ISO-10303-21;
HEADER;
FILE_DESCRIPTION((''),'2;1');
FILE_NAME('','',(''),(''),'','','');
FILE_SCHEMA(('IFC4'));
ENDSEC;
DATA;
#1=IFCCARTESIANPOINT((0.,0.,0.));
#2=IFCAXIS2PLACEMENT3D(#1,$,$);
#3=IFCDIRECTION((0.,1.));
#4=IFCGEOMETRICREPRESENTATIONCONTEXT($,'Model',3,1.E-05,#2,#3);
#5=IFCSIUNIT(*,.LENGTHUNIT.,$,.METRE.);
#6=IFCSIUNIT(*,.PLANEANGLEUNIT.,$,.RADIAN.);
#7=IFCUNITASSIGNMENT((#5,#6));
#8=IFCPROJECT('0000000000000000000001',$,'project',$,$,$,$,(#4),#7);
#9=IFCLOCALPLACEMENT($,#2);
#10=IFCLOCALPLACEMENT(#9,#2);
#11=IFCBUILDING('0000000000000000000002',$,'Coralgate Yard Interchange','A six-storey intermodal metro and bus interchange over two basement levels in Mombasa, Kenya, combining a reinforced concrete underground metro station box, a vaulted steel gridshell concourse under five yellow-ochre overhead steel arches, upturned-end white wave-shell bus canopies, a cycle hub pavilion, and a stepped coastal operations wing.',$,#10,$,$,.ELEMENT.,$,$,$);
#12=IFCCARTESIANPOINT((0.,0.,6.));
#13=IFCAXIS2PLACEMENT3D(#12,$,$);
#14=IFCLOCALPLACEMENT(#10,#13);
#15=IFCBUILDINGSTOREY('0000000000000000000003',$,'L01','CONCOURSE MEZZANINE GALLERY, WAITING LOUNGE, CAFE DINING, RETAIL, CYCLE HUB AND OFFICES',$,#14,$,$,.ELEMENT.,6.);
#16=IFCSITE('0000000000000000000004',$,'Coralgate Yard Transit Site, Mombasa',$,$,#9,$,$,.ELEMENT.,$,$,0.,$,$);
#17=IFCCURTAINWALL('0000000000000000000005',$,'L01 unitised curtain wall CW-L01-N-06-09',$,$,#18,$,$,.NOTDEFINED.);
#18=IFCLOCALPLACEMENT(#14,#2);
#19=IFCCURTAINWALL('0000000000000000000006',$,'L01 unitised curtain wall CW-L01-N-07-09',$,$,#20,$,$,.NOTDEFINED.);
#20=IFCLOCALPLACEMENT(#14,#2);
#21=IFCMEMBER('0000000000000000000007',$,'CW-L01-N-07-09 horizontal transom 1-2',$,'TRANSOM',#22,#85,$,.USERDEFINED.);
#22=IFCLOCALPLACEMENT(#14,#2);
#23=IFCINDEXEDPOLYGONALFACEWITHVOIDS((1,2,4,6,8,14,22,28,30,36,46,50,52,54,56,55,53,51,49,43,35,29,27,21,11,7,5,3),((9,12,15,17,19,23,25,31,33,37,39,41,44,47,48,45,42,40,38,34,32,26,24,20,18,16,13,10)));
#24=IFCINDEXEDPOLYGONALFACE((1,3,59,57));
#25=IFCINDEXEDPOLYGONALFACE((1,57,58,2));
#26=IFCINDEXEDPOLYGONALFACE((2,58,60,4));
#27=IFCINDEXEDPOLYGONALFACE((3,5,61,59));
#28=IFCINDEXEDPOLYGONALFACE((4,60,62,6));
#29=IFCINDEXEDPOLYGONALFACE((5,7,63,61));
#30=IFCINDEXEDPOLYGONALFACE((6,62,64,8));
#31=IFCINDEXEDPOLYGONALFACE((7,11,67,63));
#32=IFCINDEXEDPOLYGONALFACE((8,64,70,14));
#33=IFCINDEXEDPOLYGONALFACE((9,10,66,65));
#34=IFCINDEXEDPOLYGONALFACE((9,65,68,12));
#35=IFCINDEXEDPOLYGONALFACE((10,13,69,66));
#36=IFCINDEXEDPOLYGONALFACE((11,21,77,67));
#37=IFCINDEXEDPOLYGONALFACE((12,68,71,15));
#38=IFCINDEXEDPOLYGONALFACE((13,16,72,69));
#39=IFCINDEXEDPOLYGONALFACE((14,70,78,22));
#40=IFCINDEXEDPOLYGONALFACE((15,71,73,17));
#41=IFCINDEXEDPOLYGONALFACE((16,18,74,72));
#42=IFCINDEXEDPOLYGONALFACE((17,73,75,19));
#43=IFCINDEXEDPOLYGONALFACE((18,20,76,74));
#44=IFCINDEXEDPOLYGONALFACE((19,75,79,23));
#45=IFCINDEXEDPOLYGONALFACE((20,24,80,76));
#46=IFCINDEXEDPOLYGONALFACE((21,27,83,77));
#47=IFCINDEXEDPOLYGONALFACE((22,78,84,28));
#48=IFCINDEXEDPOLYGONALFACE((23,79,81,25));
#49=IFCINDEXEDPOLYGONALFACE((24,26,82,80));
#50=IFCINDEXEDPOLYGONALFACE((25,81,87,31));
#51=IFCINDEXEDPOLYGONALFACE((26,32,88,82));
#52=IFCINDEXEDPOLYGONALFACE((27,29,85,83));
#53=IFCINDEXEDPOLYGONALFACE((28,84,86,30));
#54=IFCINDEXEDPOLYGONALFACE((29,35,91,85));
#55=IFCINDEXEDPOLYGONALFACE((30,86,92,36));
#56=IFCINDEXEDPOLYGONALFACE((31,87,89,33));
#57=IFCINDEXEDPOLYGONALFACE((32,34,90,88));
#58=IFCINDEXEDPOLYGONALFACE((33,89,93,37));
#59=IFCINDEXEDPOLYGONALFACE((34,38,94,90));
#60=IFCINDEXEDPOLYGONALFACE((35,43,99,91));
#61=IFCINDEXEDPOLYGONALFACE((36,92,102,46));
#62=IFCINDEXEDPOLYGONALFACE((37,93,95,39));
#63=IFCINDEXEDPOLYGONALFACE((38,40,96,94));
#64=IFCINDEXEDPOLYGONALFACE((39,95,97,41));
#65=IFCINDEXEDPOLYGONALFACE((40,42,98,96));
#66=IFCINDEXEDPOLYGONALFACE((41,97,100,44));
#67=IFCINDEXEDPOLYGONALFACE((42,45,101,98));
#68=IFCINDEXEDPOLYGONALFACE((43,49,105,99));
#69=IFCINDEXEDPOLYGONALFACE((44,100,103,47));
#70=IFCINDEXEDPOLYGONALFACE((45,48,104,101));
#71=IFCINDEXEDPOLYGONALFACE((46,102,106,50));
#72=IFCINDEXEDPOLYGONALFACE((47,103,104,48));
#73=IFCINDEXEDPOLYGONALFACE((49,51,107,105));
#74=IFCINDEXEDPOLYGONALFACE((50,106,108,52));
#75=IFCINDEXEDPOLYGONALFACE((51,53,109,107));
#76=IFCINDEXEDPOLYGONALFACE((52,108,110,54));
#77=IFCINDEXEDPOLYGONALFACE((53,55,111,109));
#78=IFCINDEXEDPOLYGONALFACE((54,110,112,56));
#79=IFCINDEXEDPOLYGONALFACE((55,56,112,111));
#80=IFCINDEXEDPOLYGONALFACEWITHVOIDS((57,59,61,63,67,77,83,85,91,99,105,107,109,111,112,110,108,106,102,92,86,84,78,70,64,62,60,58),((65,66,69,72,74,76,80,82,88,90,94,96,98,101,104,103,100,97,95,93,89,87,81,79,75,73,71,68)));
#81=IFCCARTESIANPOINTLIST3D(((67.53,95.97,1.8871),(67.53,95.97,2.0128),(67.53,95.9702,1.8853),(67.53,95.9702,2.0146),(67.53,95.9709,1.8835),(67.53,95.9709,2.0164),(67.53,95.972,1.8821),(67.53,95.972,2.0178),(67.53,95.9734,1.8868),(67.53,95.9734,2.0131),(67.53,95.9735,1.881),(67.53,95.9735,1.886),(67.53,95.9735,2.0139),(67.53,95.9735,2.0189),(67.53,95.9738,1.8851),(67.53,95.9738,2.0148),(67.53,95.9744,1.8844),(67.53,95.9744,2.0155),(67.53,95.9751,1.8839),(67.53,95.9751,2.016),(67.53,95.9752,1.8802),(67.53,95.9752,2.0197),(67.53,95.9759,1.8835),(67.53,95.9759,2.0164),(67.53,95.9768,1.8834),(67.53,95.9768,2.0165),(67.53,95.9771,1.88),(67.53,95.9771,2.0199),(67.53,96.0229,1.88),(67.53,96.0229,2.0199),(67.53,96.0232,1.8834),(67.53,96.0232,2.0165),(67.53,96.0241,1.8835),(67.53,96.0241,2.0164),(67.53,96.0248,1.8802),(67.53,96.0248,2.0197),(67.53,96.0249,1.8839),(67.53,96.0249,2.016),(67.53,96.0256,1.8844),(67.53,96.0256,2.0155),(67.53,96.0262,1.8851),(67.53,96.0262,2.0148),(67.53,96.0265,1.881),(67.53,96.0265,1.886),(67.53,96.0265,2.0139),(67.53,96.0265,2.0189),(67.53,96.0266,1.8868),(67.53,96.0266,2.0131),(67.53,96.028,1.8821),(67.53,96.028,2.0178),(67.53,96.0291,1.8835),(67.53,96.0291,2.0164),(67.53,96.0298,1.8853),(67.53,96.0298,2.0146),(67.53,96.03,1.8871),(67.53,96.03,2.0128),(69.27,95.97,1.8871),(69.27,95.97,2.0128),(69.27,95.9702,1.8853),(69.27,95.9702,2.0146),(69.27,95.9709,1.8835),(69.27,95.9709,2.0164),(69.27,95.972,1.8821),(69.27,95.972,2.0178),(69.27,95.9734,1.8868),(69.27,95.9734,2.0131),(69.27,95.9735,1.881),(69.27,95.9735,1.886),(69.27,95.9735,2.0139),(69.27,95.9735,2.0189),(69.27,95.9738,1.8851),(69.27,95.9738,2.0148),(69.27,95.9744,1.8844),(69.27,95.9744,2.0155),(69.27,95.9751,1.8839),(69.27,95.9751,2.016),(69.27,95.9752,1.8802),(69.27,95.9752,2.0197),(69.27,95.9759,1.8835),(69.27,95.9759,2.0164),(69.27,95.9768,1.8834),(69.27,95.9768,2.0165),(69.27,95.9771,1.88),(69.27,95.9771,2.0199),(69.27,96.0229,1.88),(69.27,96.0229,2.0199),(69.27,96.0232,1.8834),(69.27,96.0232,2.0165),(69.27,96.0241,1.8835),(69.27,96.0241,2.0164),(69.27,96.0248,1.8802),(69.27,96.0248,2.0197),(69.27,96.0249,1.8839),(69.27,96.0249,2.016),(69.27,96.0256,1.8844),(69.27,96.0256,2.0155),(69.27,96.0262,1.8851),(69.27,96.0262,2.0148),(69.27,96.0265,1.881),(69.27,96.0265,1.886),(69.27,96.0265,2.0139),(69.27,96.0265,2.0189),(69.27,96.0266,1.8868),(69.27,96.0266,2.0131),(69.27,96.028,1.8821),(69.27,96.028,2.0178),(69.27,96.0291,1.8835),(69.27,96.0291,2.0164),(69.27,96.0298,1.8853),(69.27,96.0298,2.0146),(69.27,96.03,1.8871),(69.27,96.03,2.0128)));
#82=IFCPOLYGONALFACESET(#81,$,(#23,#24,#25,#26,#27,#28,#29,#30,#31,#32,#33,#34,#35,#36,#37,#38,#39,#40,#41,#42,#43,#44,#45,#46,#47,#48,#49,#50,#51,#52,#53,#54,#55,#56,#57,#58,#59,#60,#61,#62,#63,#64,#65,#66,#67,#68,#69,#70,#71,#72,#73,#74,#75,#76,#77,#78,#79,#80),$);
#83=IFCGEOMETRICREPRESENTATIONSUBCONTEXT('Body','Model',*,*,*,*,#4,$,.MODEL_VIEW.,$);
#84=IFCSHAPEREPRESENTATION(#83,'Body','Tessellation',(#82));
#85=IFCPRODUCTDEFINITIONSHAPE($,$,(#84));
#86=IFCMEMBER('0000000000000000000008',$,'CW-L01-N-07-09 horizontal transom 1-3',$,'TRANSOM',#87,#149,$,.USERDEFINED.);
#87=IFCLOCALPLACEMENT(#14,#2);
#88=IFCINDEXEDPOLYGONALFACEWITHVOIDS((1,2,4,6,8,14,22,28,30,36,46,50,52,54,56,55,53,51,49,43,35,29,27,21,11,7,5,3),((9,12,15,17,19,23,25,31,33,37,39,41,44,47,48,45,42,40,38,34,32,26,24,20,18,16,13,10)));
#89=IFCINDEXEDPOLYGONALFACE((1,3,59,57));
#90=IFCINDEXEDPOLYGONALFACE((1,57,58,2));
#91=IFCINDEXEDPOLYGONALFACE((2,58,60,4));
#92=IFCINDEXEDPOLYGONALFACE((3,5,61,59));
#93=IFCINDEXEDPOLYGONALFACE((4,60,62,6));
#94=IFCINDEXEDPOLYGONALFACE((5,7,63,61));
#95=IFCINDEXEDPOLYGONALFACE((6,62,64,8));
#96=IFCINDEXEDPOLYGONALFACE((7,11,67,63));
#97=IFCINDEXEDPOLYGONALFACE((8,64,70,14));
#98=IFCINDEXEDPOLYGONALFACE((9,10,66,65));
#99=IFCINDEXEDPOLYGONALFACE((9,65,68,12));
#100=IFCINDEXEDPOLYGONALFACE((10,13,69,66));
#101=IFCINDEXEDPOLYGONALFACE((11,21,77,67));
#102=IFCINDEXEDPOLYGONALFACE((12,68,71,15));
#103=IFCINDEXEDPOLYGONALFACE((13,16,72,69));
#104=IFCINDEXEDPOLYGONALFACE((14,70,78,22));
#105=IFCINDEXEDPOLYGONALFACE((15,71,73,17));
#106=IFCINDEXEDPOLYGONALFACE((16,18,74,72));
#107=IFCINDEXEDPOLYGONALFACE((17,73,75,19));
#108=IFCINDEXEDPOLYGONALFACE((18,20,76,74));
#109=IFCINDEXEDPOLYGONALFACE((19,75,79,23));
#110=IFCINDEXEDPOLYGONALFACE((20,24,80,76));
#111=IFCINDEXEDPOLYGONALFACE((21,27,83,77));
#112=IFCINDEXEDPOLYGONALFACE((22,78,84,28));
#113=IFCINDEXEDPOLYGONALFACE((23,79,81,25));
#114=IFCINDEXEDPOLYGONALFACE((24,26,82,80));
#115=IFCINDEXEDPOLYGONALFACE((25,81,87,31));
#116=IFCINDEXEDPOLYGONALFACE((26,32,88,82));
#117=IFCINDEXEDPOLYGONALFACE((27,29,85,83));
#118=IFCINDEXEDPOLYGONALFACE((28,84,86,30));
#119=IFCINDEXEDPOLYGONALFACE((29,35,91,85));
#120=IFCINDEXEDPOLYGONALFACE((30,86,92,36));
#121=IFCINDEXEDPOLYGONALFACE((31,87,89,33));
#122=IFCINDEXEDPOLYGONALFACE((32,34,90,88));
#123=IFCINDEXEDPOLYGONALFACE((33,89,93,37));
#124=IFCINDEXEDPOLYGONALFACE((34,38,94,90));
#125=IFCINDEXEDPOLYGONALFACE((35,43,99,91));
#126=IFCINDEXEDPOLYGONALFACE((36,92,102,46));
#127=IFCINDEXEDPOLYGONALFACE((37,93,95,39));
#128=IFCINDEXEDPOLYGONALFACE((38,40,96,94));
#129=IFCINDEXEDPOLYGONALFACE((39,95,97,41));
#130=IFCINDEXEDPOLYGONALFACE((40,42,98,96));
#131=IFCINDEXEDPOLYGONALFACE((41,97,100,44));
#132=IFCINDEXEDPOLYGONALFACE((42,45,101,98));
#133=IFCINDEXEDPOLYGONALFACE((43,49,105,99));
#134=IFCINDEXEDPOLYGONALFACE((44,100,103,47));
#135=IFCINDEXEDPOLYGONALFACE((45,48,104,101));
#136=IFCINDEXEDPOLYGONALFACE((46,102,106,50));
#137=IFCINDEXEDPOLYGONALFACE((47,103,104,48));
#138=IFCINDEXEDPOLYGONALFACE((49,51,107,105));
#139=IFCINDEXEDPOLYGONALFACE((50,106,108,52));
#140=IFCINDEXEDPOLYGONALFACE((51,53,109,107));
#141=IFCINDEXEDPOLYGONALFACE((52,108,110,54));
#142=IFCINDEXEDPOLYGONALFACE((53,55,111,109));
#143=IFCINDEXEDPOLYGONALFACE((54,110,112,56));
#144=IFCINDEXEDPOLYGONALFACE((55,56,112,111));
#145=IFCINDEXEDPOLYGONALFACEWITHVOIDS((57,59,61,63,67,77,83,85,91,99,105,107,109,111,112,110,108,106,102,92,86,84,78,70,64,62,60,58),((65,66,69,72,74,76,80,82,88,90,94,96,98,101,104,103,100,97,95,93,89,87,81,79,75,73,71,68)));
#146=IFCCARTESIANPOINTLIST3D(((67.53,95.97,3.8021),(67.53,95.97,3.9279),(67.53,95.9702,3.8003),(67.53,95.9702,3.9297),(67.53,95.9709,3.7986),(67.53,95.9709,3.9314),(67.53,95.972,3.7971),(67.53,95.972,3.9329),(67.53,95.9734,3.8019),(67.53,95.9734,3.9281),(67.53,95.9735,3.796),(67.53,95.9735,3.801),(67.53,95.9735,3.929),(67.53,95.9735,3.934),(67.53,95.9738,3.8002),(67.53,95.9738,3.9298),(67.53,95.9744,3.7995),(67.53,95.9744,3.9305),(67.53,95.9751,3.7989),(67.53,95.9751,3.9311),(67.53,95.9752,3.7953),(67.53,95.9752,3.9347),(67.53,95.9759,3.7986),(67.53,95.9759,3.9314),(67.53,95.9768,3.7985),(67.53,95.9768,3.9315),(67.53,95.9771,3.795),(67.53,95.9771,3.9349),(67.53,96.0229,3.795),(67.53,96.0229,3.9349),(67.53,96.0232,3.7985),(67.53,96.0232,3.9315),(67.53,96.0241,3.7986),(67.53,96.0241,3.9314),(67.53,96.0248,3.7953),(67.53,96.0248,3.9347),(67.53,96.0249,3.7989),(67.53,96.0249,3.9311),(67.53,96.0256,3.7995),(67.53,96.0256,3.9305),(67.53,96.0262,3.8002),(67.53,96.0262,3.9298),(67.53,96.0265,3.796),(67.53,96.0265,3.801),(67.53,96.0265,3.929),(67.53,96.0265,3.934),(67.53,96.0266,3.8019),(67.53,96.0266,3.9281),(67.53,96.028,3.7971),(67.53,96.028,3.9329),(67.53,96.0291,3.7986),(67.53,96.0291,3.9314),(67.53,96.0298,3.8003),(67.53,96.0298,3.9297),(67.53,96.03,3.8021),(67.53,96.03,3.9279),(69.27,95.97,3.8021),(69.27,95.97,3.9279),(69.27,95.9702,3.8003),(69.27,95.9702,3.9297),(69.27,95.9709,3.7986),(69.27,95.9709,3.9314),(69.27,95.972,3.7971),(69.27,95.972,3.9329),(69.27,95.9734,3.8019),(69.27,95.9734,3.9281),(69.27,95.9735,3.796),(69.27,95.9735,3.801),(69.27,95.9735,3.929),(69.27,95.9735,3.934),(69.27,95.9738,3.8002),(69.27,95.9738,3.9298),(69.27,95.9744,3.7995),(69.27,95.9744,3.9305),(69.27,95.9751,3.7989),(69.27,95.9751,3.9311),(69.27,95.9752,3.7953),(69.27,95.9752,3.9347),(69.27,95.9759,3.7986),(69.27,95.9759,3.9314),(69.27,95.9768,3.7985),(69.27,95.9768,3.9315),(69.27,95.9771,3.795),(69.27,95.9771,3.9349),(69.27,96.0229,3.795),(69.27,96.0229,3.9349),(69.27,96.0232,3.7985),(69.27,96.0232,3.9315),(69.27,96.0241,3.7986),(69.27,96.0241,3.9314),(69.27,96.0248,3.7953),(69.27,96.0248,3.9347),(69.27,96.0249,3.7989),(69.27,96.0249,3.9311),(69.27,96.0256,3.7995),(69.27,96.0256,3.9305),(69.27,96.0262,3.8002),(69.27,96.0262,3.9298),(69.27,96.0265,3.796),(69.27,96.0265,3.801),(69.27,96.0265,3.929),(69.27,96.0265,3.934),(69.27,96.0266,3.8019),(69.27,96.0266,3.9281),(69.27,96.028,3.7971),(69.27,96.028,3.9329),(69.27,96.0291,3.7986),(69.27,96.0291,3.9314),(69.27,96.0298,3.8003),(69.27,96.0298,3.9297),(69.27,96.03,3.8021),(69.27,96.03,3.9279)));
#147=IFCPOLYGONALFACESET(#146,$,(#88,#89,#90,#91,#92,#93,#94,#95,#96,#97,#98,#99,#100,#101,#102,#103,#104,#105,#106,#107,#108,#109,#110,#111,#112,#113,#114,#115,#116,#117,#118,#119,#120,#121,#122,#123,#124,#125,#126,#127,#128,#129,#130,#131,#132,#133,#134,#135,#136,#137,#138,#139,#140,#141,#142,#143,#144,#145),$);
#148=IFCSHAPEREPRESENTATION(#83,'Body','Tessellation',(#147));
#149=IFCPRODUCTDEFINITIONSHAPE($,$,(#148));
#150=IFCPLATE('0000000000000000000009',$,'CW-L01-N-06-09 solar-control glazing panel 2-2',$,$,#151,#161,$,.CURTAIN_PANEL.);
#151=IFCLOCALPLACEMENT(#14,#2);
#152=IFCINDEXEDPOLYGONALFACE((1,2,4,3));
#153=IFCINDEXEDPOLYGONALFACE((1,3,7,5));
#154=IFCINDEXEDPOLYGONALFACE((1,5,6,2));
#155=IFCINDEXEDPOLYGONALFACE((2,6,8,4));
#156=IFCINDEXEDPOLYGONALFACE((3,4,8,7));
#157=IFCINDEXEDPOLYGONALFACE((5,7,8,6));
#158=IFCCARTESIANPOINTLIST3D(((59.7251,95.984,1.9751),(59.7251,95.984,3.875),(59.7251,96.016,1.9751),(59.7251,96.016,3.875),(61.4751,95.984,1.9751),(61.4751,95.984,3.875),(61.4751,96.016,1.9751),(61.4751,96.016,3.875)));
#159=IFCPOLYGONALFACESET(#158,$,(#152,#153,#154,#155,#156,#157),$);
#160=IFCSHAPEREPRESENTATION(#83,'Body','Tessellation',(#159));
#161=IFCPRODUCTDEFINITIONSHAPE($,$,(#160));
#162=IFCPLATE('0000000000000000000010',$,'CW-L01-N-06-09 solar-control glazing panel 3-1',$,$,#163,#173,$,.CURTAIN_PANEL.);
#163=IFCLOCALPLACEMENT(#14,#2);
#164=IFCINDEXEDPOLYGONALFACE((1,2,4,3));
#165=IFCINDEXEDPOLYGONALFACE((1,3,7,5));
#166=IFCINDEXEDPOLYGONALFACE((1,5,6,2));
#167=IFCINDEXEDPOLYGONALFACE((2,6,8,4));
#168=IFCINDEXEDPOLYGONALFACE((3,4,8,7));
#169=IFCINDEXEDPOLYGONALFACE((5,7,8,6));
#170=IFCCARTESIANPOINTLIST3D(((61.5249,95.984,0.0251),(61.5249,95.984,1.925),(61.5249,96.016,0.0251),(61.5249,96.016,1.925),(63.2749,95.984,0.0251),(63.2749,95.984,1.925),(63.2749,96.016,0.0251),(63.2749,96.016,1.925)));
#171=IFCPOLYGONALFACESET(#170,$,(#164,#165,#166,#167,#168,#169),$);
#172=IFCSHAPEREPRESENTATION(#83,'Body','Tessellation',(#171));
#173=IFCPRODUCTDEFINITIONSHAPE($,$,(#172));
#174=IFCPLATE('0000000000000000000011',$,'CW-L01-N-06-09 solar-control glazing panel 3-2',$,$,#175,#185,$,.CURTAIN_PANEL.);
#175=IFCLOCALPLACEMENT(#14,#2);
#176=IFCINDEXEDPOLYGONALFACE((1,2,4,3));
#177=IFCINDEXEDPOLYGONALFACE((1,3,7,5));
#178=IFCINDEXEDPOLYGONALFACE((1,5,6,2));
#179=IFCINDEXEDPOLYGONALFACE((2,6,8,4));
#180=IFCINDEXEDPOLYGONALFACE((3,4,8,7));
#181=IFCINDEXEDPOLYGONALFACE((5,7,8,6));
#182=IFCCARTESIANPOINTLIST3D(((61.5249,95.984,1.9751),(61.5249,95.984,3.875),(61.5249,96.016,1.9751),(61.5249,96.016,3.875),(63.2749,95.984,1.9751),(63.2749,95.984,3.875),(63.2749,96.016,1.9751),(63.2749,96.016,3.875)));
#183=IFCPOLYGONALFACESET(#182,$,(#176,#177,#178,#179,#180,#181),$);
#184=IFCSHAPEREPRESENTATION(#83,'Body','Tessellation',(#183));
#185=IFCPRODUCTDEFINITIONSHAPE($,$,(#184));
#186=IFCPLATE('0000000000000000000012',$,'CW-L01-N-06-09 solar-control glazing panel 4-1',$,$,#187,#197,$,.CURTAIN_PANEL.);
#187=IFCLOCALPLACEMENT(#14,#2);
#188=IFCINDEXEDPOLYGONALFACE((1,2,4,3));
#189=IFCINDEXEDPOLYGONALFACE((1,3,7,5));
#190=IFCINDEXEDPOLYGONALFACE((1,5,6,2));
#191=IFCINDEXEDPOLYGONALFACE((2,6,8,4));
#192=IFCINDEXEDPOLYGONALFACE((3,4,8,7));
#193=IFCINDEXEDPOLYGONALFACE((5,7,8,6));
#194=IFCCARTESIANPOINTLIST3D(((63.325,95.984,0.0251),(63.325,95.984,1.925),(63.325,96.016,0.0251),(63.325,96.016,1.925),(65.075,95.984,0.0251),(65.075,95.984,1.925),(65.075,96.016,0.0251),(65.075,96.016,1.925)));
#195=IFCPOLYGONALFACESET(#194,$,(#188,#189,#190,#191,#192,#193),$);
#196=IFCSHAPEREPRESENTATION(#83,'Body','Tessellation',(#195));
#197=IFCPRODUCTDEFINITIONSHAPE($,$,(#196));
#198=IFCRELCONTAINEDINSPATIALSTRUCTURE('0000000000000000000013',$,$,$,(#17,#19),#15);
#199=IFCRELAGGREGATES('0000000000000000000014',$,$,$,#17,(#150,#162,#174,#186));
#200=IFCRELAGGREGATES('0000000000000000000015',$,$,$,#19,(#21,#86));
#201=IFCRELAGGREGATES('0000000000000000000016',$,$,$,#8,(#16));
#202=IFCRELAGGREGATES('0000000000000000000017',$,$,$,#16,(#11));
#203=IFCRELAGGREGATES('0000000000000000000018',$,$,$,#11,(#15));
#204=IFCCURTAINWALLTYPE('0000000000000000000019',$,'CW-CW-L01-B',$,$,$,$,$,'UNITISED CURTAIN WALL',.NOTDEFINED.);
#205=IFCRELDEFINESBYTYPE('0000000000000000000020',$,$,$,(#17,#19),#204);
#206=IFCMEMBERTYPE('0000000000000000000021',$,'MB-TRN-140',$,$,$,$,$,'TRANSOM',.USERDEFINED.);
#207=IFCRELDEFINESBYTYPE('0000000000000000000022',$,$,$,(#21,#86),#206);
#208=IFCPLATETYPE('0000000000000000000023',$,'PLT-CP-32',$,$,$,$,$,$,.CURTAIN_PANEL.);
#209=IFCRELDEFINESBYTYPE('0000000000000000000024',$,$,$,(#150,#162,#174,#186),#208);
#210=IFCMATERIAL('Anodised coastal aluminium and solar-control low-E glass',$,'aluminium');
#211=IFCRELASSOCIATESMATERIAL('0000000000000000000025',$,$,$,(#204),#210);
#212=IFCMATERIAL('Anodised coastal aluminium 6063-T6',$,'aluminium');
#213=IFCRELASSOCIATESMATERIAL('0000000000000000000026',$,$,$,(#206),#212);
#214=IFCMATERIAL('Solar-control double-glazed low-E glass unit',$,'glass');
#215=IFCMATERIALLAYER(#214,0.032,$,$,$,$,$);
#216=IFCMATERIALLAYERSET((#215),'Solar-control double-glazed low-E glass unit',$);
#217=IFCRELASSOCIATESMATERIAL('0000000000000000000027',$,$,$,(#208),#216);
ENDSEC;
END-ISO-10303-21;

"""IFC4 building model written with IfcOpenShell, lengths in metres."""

from ifc_helpers import new_model, si_unit, direction, frame, origin, origin_2d, place, context, subcontext, project, spatial, rectangle, hollow_rectangle, extrude, material, layer, layer_set, material_profile, profile_set, type_object, element, aggregate, save


model = new_model("IFC4")

# Units and contexts
model_context = context("Model", 3, precision=1e-05, world=origin(), true_north=direction((0.0, 1.0)))
body_context = subcontext(model_context, "Body", "Model", "MODEL_VIEW")
ifc_project = project(units=[si_unit("LENGTHUNIT", "METRE"), si_unit("PLANEANGLEUNIT", "RADIAN")], contexts=[model_context])

# Site, building, storey
site_placement = place(None, origin())
site = spatial("IfcSite", under=ifc_project, at=site_placement, Name="Coralgate Yard Transit Site, Mombasa", CompositionType="ELEMENT", RefElevation=0.0)
building_placement = place(site_placement, origin())
building = spatial("IfcBuilding", under=site, at=building_placement, Name="Coralgate Yard Interchange", Description="A six-storey intermodal metro and bus interchange over two basement levels in Mombasa, Kenya, combining a reinforced concrete underground metro station box, a vaulted steel gridshell concourse under five yellow-ochre overhead steel arches, upturned-end white wave-shell bus canopies, a cycle hub pavilion, and a stepped coastal operations wing.", CompositionType="ELEMENT")
storey_placement = place(building_placement, frame((0.0, 0.0, 6.0)))
storey = spatial("IfcBuildingStorey", under=building, at=storey_placement, Name="L01", Description="CONCOURSE MEZZANINE GALLERY, WAITING LOUNGE, CAFE DINING, RETAIL, CYCLE HUB AND OFFICES", CompositionType="ELEMENT", Elevation=6.0)

# Curtain wall
ifc_material_1 = material(Name="Anodised coastal aluminium and solar-control low-E glass", Category="aluminium")
curtain_wall_type = type_object("IfcCurtainWallType", Name="CW-CW-L01-B", ElementType="UNITISED CURTAIN WALL", PredefinedType="NOTDEFINED", material=ifc_material_1)
curtain_wall_1_placement = place(storey_placement, origin())
curtain_wall_1 = element("IfcCurtainWall", 1, at=curtain_wall_1_placement, inside=storey, type_object=curtain_wall_type, Name="L01 unitised curtain wall CW-L01-N-06-09", PredefinedType="NOTDEFINED")
ifc_material_2 = material(Name="Anodised coastal aluminium 6063-T6", Category="aluminium")

# Curtain wall
curtain_wall_2_placement = place(storey_placement, origin())
curtain_wall_2 = element("IfcCurtainWall", 2, at=curtain_wall_2_placement, inside=storey, type_object=curtain_wall_type, Name="L01 unitised curtain wall CW-L01-N-07-09", PredefinedType="NOTDEFINED")

# Members
ifc_material_profile_1 = material_profile(ifc_material_2, hollow_rectangle(XDim=0.0601, YDim=0.1399, WallThickness=0.0034, InnerFilletRadius=0.0034, OuterFilletRadius=0.0071, at=origin_2d()), Name="ALU 60x140x3.5")
ifc_profile_set_1 = profile_set([ifc_material_profile_1], Name="Anodised coastal aluminium 6063-T6")
member_type_1 = type_object("IfcMemberType", Name="MB-TRN-140", ElementType="TRANSOM", PredefinedType="USERDEFINED", material=ifc_profile_set_1)
member_1_placement = place(storey_placement, frame((67.53, 96.0, 1.95), z_axis=(1.0, 0.0, 0.0), x_axis=(0.0, 1.0, 0.0)))
member_1 = element("IfcMember", 3, at=member_1_placement, type_object=member_type_1, Name="CW-L01-N-07-09 horizontal transom 1-2", ObjectType="TRANSOM", PredefinedType="USERDEFINED", context=body_context, shape_type="SweptSolid", body=[
    extrude(hollow_rectangle(XDim=0.0601, YDim=0.1399, WallThickness=0.0034, InnerFilletRadius=0.0034, OuterFilletRadius=0.0071, at=origin_2d()), origin(), (0.0, 0.0, 1.0), 1.74),
])
member_2_placement = place(storey_placement, frame((67.53, 96.0, 3.865), z_axis=(1.0, 0.0, 0.0), x_axis=(0.0, 1.0, 0.0)))
member_2 = element("IfcMember", 4, at=member_2_placement, type_object=member_type_1, Name="CW-L01-N-07-09 horizontal transom 1-3", ObjectType="TRANSOM", PredefinedType="USERDEFINED", context=body_context, shape_type="SweptSolid", body=[
    extrude(hollow_rectangle(XDim=0.0601, YDim=0.1399, WallThickness=0.0034, InnerFilletRadius=0.0034, OuterFilletRadius=0.0071, at=origin_2d()), origin(), (0.0, 0.0, 1.0), 1.74),
])

# Plates
ifc_material_3 = material(Name="Solar-control double-glazed low-E glass unit", Category="glass")
ifc_layer = layer(ifc_material_3, 0.032)
ifc_layer_set = layer_set([ifc_layer], Name="Solar-control double-glazed low-E glass unit")
plate_type = type_object("IfcPlateType", Name="PLT-CP-32", PredefinedType="CURTAIN_PANEL", material=ifc_layer_set)
plate_1_placement = place(storey_placement, frame((60.6001, 96.0, 1.9751), z_axis=(0.0, 0.0, 1.0), x_axis=(1.0, 0.0, 0.0)))
plate_1 = element("IfcPlate", 5, at=plate_1_placement, type_object=plate_type, Name="CW-L01-N-06-09 solar-control glazing panel 2-2", PredefinedType="CURTAIN_PANEL", context=body_context, shape_type="SweptSolid", body=[
    extrude(rectangle(XDim=1.75, YDim=0.032, at=origin_2d()), origin(), (0.0, 0.0, 1.0), 1.8999),
])
plate_2_placement = place(storey_placement, frame((62.3999, 96.0, 0.0251), z_axis=(0.0, 0.0, 1.0), x_axis=(1.0, 0.0, 0.0)))
plate_2 = element("IfcPlate", 6, at=plate_2_placement, type_object=plate_type, Name="CW-L01-N-06-09 solar-control glazing panel 3-1", PredefinedType="CURTAIN_PANEL", context=body_context, shape_type="SweptSolid", body=[
    extrude(rectangle(XDim=1.75, YDim=0.032, at=origin_2d()), origin(), (0.0, 0.0, 1.0), 1.8999),
])
plate_3_placement = place(storey_placement, frame((62.3999, 96.0, 1.9751), z_axis=(0.0, 0.0, 1.0), x_axis=(1.0, 0.0, 0.0)))
plate_3 = element("IfcPlate", 7, at=plate_3_placement, type_object=plate_type, Name="CW-L01-N-06-09 solar-control glazing panel 3-2", PredefinedType="CURTAIN_PANEL", context=body_context, shape_type="SweptSolid", body=[
    extrude(rectangle(XDim=1.75, YDim=0.032, at=origin_2d()), origin(), (0.0, 0.0, 1.0), 1.8999),
])
plate_4_placement = place(storey_placement, frame((64.2, 96.0, 0.0251), z_axis=(0.0, 0.0, 1.0), x_axis=(1.0, 0.0, 0.0)))
plate_4 = element("IfcPlate", 8, at=plate_4_placement, type_object=plate_type, Name="CW-L01-N-06-09 solar-control glazing panel 4-1", PredefinedType="CURTAIN_PANEL", context=body_context, shape_type="SweptSolid", body=[
    extrude(rectangle(XDim=1.75, YDim=0.032, at=origin_2d()), origin(), (0.0, 0.0, 1.0), 1.8999),
])
aggregate(curtain_wall_1, [plate_1, plate_2, plate_3, plate_4])
aggregate(curtain_wall_2, [member_1, member_2])

save(model, "model.ifc")
